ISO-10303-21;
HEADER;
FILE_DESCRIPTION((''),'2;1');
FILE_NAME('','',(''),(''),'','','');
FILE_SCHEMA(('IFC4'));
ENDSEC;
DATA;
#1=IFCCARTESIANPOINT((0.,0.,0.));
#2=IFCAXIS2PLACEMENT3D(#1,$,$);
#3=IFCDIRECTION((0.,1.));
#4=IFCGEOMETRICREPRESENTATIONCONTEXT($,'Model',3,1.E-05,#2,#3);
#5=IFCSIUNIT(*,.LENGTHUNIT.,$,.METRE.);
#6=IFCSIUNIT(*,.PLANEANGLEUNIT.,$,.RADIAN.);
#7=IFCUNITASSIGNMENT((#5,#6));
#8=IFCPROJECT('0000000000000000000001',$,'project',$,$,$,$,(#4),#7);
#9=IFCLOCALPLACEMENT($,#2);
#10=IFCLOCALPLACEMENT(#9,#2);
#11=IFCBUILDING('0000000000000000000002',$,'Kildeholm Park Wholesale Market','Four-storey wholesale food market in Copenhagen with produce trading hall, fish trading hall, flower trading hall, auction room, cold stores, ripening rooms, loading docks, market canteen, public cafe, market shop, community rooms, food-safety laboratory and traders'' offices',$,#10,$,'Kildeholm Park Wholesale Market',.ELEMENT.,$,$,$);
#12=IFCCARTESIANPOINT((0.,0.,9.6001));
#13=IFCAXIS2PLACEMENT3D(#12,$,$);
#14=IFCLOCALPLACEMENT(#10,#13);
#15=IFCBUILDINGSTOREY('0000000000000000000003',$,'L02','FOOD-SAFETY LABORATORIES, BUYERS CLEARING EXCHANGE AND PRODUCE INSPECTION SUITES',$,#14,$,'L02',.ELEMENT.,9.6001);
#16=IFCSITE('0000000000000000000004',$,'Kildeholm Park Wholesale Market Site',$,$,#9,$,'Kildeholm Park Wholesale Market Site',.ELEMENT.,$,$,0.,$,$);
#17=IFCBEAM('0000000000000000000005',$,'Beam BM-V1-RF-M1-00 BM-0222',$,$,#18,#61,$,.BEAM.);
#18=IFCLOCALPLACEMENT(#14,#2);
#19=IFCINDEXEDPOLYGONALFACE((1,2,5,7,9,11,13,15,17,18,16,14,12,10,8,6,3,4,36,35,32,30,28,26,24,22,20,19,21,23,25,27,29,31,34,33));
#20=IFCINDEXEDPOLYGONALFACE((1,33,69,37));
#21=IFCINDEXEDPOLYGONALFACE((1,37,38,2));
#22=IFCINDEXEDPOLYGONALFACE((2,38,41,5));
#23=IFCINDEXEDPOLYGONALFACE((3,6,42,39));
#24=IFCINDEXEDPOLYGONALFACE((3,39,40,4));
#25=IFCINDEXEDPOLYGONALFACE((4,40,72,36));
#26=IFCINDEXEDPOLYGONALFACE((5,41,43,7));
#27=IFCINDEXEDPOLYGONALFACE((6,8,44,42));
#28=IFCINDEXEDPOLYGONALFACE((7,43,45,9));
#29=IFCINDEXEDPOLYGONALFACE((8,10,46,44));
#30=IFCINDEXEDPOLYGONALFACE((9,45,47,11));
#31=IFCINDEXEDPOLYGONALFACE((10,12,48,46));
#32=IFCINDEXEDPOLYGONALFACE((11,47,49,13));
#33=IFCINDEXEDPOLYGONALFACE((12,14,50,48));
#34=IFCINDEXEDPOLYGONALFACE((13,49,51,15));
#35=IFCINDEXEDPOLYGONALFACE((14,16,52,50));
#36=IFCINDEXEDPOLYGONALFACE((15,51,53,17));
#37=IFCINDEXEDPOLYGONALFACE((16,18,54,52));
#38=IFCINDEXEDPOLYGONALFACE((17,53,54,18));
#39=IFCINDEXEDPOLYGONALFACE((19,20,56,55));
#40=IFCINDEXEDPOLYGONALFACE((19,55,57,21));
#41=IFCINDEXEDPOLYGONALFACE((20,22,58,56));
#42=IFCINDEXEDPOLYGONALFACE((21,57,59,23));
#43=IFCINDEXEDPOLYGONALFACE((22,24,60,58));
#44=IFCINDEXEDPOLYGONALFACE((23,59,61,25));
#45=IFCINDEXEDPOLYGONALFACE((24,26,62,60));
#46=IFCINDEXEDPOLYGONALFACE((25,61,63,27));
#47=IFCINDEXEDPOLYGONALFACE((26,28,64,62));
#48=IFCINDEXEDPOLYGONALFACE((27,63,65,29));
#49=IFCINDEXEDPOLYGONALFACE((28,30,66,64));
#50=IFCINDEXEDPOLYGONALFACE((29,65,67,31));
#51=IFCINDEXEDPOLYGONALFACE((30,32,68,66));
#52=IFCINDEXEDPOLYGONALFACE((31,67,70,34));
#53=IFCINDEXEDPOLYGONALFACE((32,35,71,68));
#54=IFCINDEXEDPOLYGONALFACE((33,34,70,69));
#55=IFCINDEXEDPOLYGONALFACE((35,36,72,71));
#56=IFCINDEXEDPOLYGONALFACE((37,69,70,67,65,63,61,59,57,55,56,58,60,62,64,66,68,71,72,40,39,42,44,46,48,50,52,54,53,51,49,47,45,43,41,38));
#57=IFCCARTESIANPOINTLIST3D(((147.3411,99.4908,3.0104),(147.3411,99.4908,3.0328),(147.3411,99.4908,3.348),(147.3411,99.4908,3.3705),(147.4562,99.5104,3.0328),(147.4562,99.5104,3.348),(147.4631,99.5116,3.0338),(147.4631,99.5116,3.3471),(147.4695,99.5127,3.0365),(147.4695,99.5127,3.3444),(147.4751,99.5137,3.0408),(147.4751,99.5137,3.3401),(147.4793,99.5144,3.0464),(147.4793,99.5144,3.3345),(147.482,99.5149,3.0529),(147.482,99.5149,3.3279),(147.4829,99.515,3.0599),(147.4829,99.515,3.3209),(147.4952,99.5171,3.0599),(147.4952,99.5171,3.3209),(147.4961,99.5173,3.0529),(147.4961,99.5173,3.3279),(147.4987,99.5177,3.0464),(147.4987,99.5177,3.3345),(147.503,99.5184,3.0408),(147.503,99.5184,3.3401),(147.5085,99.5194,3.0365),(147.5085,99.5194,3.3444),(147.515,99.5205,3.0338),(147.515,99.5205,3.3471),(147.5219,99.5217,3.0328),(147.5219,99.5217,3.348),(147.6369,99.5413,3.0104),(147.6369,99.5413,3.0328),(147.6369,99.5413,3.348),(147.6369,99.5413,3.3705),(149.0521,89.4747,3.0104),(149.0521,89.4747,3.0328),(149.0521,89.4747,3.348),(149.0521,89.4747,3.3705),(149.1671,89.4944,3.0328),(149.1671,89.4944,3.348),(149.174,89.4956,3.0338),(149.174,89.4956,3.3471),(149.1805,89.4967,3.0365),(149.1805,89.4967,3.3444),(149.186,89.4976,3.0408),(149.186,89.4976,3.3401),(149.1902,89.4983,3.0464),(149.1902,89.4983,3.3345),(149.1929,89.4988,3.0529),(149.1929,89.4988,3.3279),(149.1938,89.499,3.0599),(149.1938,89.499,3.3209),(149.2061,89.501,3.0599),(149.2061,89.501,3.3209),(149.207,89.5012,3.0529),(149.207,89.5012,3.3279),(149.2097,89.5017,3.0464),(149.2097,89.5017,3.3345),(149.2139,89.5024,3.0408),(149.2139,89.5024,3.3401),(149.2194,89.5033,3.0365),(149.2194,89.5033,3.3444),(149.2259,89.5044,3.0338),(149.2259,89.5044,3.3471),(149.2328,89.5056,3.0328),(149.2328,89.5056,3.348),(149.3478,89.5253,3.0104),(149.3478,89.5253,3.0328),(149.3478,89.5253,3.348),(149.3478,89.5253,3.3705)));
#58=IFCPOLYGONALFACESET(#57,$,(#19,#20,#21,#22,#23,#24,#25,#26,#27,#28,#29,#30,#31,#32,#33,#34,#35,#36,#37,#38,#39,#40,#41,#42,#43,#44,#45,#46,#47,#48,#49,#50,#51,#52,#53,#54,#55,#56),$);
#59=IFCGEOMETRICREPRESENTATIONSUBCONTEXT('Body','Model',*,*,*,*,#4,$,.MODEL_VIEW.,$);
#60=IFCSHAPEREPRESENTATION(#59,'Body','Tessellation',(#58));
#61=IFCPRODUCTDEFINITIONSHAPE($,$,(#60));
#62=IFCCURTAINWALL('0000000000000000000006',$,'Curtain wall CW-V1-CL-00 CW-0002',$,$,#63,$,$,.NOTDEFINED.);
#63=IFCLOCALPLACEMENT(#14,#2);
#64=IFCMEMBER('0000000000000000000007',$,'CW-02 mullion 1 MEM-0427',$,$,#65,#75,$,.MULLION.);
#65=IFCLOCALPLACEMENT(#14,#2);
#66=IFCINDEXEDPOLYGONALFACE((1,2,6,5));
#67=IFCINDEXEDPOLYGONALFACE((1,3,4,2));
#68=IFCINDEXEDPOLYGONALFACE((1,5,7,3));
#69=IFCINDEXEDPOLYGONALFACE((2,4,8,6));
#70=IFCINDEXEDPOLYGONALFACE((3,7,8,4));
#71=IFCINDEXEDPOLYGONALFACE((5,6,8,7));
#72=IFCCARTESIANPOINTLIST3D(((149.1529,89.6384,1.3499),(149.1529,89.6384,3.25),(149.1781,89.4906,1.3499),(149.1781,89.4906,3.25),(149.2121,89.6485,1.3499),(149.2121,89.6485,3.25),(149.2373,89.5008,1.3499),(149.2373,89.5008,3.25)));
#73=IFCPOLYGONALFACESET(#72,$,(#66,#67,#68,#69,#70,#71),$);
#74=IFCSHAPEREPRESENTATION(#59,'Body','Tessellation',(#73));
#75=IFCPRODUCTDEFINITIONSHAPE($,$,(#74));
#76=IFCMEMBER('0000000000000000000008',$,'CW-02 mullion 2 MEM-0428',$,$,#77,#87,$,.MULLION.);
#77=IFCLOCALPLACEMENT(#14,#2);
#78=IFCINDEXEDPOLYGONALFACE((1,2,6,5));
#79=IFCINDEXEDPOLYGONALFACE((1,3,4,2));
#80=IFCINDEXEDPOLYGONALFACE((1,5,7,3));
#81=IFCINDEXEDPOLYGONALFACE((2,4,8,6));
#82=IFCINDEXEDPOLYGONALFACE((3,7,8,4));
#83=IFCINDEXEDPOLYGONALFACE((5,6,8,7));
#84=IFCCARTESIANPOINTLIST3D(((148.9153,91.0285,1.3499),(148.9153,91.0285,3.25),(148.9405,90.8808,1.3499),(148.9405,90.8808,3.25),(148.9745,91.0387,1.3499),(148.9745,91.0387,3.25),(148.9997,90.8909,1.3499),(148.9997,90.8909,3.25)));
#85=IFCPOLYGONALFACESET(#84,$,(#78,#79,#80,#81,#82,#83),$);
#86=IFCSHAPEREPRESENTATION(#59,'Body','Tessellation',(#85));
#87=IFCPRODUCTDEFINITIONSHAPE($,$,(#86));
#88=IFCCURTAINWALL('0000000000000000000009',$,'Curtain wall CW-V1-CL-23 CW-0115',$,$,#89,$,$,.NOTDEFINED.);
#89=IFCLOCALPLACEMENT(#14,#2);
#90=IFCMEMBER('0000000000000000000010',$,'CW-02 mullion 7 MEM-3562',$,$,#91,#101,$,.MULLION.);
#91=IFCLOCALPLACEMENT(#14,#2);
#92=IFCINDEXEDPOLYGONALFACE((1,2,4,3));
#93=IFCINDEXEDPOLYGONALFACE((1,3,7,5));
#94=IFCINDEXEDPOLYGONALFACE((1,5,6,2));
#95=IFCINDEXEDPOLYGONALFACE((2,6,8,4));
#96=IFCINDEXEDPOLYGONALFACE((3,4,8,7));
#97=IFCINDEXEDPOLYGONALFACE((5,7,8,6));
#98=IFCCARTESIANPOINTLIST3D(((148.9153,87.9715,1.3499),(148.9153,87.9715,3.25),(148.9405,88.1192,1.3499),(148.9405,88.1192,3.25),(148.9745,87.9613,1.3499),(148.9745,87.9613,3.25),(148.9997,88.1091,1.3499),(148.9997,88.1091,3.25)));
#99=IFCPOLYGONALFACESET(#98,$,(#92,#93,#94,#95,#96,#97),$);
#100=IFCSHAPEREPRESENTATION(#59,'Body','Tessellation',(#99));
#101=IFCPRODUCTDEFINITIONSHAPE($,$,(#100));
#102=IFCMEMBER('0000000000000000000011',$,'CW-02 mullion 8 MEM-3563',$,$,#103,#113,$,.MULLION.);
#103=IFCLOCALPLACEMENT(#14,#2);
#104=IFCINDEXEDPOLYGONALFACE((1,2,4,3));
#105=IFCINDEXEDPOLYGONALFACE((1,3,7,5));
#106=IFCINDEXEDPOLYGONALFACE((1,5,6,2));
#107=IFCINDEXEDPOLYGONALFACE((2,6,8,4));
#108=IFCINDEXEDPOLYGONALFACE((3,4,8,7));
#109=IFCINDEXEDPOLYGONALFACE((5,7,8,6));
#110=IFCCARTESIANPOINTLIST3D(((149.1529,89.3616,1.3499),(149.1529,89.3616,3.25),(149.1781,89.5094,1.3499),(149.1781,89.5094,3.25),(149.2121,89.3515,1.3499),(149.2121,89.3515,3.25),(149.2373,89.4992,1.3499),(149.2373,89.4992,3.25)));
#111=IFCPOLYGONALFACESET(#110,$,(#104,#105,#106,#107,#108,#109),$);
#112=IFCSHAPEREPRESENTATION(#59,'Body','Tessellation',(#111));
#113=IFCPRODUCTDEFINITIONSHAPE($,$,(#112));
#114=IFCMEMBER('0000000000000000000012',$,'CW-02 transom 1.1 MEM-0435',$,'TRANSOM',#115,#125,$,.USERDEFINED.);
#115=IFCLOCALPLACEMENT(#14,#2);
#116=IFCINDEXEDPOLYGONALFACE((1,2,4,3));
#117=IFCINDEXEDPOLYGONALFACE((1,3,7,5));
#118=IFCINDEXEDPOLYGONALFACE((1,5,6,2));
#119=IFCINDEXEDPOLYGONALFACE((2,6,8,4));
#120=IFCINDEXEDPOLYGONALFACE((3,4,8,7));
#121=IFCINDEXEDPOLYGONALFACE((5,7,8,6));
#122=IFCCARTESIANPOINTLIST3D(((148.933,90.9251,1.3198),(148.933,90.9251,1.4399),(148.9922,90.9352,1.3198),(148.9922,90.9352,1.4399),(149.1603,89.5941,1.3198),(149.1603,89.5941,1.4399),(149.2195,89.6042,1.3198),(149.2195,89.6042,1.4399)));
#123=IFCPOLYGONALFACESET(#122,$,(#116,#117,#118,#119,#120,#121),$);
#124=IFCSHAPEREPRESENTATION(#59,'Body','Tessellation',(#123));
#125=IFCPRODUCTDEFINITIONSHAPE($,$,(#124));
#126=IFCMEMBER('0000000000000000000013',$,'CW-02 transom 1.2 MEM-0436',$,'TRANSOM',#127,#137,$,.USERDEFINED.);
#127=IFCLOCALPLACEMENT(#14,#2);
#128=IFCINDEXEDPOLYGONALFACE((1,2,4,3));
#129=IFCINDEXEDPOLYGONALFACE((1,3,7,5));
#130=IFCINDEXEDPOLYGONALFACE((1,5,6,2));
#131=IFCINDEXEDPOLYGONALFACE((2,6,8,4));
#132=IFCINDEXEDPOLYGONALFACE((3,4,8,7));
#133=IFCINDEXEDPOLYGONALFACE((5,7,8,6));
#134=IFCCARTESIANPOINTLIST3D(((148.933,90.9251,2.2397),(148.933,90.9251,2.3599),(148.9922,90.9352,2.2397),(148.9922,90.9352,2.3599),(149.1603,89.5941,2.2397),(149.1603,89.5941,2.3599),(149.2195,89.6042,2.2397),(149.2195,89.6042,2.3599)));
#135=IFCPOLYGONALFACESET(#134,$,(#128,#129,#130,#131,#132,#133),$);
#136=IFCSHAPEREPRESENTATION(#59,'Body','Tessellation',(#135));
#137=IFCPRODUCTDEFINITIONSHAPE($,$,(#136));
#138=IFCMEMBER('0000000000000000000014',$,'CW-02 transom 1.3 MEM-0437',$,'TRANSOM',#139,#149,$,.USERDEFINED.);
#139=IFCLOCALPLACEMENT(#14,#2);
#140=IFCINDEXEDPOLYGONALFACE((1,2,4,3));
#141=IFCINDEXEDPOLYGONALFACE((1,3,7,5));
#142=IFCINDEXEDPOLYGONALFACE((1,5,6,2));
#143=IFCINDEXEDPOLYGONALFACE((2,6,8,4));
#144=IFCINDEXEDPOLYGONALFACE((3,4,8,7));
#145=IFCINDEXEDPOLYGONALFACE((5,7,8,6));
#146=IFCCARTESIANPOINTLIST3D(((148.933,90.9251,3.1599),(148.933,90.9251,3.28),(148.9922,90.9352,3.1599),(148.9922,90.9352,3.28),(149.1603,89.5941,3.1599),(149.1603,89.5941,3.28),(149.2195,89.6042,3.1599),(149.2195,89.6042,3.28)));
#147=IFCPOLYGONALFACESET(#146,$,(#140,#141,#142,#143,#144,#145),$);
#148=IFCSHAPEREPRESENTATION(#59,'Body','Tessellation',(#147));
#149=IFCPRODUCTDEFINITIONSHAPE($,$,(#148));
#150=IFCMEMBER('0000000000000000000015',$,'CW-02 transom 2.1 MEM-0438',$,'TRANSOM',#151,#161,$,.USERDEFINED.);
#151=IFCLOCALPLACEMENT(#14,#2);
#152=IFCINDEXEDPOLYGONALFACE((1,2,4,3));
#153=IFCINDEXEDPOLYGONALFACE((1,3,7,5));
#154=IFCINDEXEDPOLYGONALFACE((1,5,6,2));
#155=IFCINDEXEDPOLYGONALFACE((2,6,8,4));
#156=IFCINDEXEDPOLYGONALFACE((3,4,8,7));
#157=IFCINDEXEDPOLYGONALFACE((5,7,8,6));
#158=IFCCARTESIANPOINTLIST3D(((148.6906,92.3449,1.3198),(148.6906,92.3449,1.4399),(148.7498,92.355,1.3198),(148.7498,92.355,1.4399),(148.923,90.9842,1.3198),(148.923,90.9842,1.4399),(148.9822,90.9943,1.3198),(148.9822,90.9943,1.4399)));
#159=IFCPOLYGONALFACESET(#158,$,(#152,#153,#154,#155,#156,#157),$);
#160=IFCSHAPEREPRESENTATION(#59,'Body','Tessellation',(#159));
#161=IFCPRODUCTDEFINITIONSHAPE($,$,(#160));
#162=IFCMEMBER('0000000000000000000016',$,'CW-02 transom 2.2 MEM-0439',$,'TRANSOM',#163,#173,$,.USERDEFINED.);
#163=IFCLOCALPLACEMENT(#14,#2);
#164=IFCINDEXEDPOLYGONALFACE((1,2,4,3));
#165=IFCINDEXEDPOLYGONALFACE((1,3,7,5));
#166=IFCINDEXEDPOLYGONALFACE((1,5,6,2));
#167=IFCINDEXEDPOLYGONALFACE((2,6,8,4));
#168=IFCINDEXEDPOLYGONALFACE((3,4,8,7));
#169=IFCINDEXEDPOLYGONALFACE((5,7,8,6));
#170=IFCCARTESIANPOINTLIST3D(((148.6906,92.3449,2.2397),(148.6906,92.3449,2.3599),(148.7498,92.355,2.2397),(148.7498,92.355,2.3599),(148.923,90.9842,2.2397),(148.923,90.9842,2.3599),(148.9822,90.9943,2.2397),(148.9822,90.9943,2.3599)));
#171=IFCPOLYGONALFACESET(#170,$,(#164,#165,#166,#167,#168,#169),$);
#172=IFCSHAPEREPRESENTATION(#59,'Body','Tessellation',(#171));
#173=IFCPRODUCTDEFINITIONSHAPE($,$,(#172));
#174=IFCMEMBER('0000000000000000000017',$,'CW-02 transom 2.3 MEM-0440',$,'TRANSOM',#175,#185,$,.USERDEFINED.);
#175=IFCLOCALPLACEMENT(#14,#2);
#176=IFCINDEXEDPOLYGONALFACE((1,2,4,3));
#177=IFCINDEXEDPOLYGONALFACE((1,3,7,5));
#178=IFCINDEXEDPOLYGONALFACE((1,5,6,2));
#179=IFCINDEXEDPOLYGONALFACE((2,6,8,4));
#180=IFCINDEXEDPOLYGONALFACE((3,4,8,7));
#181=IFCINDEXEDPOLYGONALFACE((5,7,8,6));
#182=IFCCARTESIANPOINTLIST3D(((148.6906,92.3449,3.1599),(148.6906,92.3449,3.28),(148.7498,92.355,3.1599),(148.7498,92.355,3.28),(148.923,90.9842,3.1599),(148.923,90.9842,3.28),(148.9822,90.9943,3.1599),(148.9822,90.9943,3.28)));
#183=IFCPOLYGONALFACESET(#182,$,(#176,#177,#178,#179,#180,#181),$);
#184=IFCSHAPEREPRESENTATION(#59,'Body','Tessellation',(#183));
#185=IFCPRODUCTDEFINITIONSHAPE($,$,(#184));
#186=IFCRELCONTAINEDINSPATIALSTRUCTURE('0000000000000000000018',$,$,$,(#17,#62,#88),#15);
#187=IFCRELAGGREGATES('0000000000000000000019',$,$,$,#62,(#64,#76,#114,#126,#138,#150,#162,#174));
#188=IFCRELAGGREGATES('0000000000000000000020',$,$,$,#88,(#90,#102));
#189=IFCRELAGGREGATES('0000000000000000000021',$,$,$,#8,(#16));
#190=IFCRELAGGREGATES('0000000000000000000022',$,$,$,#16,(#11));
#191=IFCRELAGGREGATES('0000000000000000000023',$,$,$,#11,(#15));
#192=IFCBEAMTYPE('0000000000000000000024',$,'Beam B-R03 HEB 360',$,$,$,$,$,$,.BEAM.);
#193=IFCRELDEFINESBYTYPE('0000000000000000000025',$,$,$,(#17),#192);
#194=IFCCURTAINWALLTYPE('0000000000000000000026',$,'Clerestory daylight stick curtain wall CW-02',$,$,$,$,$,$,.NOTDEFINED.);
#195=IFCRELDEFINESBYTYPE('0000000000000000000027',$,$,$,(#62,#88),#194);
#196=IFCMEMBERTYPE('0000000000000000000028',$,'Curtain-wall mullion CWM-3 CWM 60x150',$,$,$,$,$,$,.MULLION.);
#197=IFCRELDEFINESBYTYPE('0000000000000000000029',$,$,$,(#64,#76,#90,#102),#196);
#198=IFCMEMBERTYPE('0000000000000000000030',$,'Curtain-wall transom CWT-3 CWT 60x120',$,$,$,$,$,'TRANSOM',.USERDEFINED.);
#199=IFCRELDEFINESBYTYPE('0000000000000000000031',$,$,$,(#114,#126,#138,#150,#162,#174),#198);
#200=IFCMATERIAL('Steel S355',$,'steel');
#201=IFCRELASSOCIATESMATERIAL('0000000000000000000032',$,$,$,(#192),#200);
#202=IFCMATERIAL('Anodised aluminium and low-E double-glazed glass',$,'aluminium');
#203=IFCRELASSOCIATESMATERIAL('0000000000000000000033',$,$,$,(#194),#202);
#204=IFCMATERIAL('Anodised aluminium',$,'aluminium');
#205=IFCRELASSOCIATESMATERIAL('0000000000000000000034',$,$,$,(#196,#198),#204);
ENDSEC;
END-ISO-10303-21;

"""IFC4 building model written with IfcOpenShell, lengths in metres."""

from ifc_helpers import new_model, si_unit, direction, frame, origin, origin_2d, place, context, subcontext, project, spatial, rectangle, i_section, extrude, material, material_profile, profile_set, type_object, element, aggregate, save


model = new_model("IFC4")

# Units and contexts
model_context = context("Model", 3, precision=1e-05, world=origin(), true_north=direction((0.0, 1.0)))
body_context = subcontext(model_context, "Body", "Model", "MODEL_VIEW")
ifc_project = project(units=[si_unit("LENGTHUNIT", "METRE"), si_unit("PLANEANGLEUNIT", "RADIAN")], contexts=[model_context])

# Site, building, storey
site_placement = place(None, origin())
site = spatial("IfcSite", under=ifc_project, at=site_placement, Name="Kildeholm Park Wholesale Market Site", LongName="Kildeholm Park Wholesale Market Site", CompositionType="ELEMENT", RefElevation=0.0)
building_placement = place(site_placement, origin())
building = spatial("IfcBuilding", under=site, at=building_placement, Name="Kildeholm Park Wholesale Market", Description="Four-storey wholesale food market in Copenhagen with produce trading hall, fish trading hall, flower trading hall, auction room, cold stores, ripening rooms, loading docks, market canteen, public cafe, market shop, community rooms, food-safety laboratory and traders' offices", LongName="Kildeholm Park Wholesale Market", CompositionType="ELEMENT")
storey_placement = place(building_placement, frame((0.0, 0.0, 9.6001)))
storey = spatial("IfcBuildingStorey", under=building, at=storey_placement, Name="L02", Description="FOOD-SAFETY LABORATORIES, BUYERS CLEARING EXCHANGE AND PRODUCE INSPECTION SUITES", LongName="L02", CompositionType="ELEMENT", Elevation=9.6001)

# Shared definitions
ifc_material_1 = material(Name="Steel S355", Category="steel")

# Beam
ifc_material_profile_1 = material_profile(ifc_material_1, i_section(OverallWidth=0.3, OverallDepth=0.3601, WebThickness=0.0125, FlangeThickness=0.0225, FilletRadius=0.0271, at=origin_2d()), Name="HEB 360")
ifc_profile_set_1 = profile_set([ifc_material_profile_1], Name="Steel S355")
beam_type_1 = type_object("IfcBeamType", Name="Beam B-R03 HEB 360", PredefinedType="BEAM", material=ifc_profile_set_1)
beam_1_placement = place(storey_placement, frame((149.2, 89.5, 3.1904), z_axis=(-0.16838, 0.985722, 0.0), x_axis=(-0.985722, -0.16838, 0.0)))
element("IfcBeam", 1, at=beam_1_placement, inside=storey, type_object=beam_type_1, Name="Beam BM-V1-RF-M1-00 BM-0222", PredefinedType="BEAM", context=body_context, shape_type="SweptSolid", body=[
    extrude(i_section(OverallWidth=0.3, OverallDepth=0.3601, WebThickness=0.0125, FlangeThickness=0.0225, FilletRadius=0.0271, at=origin_2d()), origin(), (0.0, 0.0, 1.0), 10.1611),
])

# Curtain walls, members
ifc_material_2 = material(Name="Anodised aluminium and low-E double-glazed glass", Category="aluminium")
curtain_wall_type = type_object("IfcCurtainWallType", Name="Clerestory daylight stick curtain wall CW-02", PredefinedType="NOTDEFINED", material=ifc_material_2)
curtain_wall_1_placement = place(storey_placement, origin())
curtain_wall_1 = element("IfcCurtainWall", 2, at=curtain_wall_1_placement, inside=storey, type_object=curtain_wall_type, Name="Curtain wall CW-V1-CL-00 CW-0002", PredefinedType="NOTDEFINED")
ifc_material_3 = material(Name="Anodised aluminium", Category="aluminium")
ifc_material_profile_2 = material_profile(ifc_material_3, rectangle(XDim=0.0601, YDim=0.1499, at=origin_2d()), Name="CWM 60x150")
ifc_profile_set_2 = profile_set([ifc_material_profile_2], Name="Anodised aluminium")
member_type_1 = type_object("IfcMemberType", Name="Curtain-wall mullion CWM-3 CWM 60x150", PredefinedType="MULLION", material=ifc_profile_set_2)
member_1_placement = place(storey_placement, frame((149.1951, 89.5696, 1.3499), z_axis=(0.0, 0.0, 1.0), x_axis=(-0.985732, -0.168322, 0.0)))
member_1 = element("IfcMember", 3, at=member_1_placement, type_object=member_type_1, Name="CW-02 mullion 1 MEM-0427", PredefinedType="MULLION", context=body_context, shape_type="SweptSolid", body=[
    extrude(rectangle(XDim=0.0601, YDim=0.1499, at=origin_2d()), origin(), (0.0, 0.0, 1.0), 1.9001),
])
member_2_placement = place(storey_placement, frame((148.9575, 90.9597, 1.3499), z_axis=(0.0, 0.0, 1.0), x_axis=(-0.985732, -0.168322, 0.0)))
member_2 = element("IfcMember", 4, at=member_2_placement, type_object=member_type_1, Name="CW-02 mullion 2 MEM-0428", PredefinedType="MULLION", context=body_context, shape_type="SweptSolid", body=[
    extrude(rectangle(XDim=0.0601, YDim=0.1499, at=origin_2d()), origin(), (0.0, 0.0, 1.0), 1.9001),
])
curtain_wall_2_placement = place(storey_placement, origin())
curtain_wall_2 = element("IfcCurtainWall", 5, at=curtain_wall_2_placement, inside=storey, type_object=curtain_wall_type, Name="Curtain wall CW-V1-CL-23 CW-0115", PredefinedType="NOTDEFINED")
member_3_placement = place(storey_placement, frame((148.9575, 88.0403, 1.3499), z_axis=(0.0, 0.0, 1.0), x_axis=(-0.985732, 0.168322, 0.0)))
member_3 = element("IfcMember", 6, at=member_3_placement, type_object=member_type_1, Name="CW-02 mullion 7 MEM-3562", PredefinedType="MULLION", context=body_context, shape_type="SweptSolid", body=[
    extrude(rectangle(XDim=0.0601, YDim=0.1499, at=origin_2d()), origin(), (0.0, 0.0, 1.0), 1.9001),
])
member_4_placement = place(storey_placement, frame((149.1951, 89.4304, 1.3499), z_axis=(0.0, 0.0, 1.0), x_axis=(-0.985732, 0.168322, 0.0)))
member_4 = element("IfcMember", 7, at=member_4_placement, type_object=member_type_1, Name="CW-02 mullion 8 MEM-3563", PredefinedType="MULLION", context=body_context, shape_type="SweptSolid", body=[
    extrude(rectangle(XDim=0.0601, YDim=0.1499, at=origin_2d()), origin(), (0.0, 0.0, 1.0), 1.9001),
])

# Members
ifc_material_profile_3 = material_profile(ifc_material_3, rectangle(XDim=0.0601, YDim=0.1201, at=origin_2d()), Name="CWT 60x120")
ifc_profile_set_3 = profile_set([ifc_material_profile_3], Name="Anodised aluminium")
member_type_2 = type_object("IfcMemberType", Name="Curtain-wall transom CWT-3 CWT 60x120", ElementType="TRANSOM", PredefinedType="USERDEFINED", material=ifc_profile_set_3)
member_5_placement = place(storey_placement, frame((149.1899, 89.5991, 1.3799), z_axis=(-0.168326, 0.985731, 0.0), x_axis=(-0.985731, -0.168326, 0.0)))
member_5 = element("IfcMember", 8, at=member_5_placement, type_object=member_type_2, Name="CW-02 transom 1.1 MEM-0435", ObjectType="TRANSOM", PredefinedType="USERDEFINED", context=body_context, shape_type="SweptSolid", body=[
    extrude(rectangle(XDim=0.0601, YDim=0.1201, at=origin_2d()), origin(), (0.0, 0.0, 1.0), 1.3503),
])
member_6_placement = place(storey_placement, frame((149.1899, 89.5991, 2.2998), z_axis=(-0.168326, 0.985731, 0.0), x_axis=(-0.985731, -0.168326, 0.0)))
member_6 = element("IfcMember", 9, at=member_6_placement, type_object=member_type_2, Name="CW-02 transom 1.2 MEM-0436", ObjectType="TRANSOM", PredefinedType="USERDEFINED", context=body_context, shape_type="SweptSolid", body=[
    extrude(rectangle(XDim=0.0601, YDim=0.1201, at=origin_2d()), origin(), (0.0, 0.0, 1.0), 1.3503),
])
member_7_placement = place(storey_placement, frame((149.1899, 89.5991, 3.22), z_axis=(-0.168326, 0.985731, 0.0), x_axis=(-0.985731, -0.168326, 0.0)))
member_7 = element("IfcMember", 10, at=member_7_placement, type_object=member_type_2, Name="CW-02 transom 1.3 MEM-0437", ObjectType="TRANSOM", PredefinedType="USERDEFINED", context=body_context, shape_type="SweptSolid", body=[
    extrude(rectangle(XDim=0.0601, YDim=0.1201, at=origin_2d()), origin(), (0.0, 0.0, 1.0), 1.3503),
])
member_8_placement = place(storey_placement, frame((148.9526, 90.9893, 1.3799), z_axis=(-0.168384, 0.985721, 0.0), x_axis=(-0.985721, -0.168384, 0.0)))
member_8 = element("IfcMember", 11, at=member_8_placement, type_object=member_type_2, Name="CW-02 transom 2.1 MEM-0438", ObjectType="TRANSOM", PredefinedType="USERDEFINED", context=body_context, shape_type="SweptSolid", body=[
    extrude(rectangle(XDim=0.0601, YDim=0.1201, at=origin_2d()), origin(), (0.0, 0.0, 1.0), 1.3804),
])
member_9_placement = place(storey_placement, frame((148.9526, 90.9893, 2.2998), z_axis=(-0.168384, 0.985721, 0.0), x_axis=(-0.985721, -0.168384, 0.0)))
member_9 = element("IfcMember", 12, at=member_9_placement, type_object=member_type_2, Name="CW-02 transom 2.2 MEM-0439", ObjectType="TRANSOM", PredefinedType="USERDEFINED", context=body_context, shape_type="SweptSolid", body=[
    extrude(rectangle(XDim=0.0601, YDim=0.1201, at=origin_2d()), origin(), (0.0, 0.0, 1.0), 1.3804),
])
member_10_placement = place(storey_placement, frame((148.9526, 90.9893, 3.22), z_axis=(-0.168384, 0.985721, 0.0), x_axis=(-0.985721, -0.168384, 0.0)))
member_10 = element("IfcMember", 13, at=member_10_placement, type_object=member_type_2, Name="CW-02 transom 2.3 MEM-0440", ObjectType="TRANSOM", PredefinedType="USERDEFINED", context=body_context, shape_type="SweptSolid", body=[
    extrude(rectangle(XDim=0.0601, YDim=0.1201, at=origin_2d()), origin(), (0.0, 0.0, 1.0), 1.3804),
])

aggregate(curtain_wall_1, [member_1, member_2, member_5, member_6, member_7, member_8, member_9, member_10])
aggregate(curtain_wall_2, [member_3, member_4])

save(model, "model.ifc")
